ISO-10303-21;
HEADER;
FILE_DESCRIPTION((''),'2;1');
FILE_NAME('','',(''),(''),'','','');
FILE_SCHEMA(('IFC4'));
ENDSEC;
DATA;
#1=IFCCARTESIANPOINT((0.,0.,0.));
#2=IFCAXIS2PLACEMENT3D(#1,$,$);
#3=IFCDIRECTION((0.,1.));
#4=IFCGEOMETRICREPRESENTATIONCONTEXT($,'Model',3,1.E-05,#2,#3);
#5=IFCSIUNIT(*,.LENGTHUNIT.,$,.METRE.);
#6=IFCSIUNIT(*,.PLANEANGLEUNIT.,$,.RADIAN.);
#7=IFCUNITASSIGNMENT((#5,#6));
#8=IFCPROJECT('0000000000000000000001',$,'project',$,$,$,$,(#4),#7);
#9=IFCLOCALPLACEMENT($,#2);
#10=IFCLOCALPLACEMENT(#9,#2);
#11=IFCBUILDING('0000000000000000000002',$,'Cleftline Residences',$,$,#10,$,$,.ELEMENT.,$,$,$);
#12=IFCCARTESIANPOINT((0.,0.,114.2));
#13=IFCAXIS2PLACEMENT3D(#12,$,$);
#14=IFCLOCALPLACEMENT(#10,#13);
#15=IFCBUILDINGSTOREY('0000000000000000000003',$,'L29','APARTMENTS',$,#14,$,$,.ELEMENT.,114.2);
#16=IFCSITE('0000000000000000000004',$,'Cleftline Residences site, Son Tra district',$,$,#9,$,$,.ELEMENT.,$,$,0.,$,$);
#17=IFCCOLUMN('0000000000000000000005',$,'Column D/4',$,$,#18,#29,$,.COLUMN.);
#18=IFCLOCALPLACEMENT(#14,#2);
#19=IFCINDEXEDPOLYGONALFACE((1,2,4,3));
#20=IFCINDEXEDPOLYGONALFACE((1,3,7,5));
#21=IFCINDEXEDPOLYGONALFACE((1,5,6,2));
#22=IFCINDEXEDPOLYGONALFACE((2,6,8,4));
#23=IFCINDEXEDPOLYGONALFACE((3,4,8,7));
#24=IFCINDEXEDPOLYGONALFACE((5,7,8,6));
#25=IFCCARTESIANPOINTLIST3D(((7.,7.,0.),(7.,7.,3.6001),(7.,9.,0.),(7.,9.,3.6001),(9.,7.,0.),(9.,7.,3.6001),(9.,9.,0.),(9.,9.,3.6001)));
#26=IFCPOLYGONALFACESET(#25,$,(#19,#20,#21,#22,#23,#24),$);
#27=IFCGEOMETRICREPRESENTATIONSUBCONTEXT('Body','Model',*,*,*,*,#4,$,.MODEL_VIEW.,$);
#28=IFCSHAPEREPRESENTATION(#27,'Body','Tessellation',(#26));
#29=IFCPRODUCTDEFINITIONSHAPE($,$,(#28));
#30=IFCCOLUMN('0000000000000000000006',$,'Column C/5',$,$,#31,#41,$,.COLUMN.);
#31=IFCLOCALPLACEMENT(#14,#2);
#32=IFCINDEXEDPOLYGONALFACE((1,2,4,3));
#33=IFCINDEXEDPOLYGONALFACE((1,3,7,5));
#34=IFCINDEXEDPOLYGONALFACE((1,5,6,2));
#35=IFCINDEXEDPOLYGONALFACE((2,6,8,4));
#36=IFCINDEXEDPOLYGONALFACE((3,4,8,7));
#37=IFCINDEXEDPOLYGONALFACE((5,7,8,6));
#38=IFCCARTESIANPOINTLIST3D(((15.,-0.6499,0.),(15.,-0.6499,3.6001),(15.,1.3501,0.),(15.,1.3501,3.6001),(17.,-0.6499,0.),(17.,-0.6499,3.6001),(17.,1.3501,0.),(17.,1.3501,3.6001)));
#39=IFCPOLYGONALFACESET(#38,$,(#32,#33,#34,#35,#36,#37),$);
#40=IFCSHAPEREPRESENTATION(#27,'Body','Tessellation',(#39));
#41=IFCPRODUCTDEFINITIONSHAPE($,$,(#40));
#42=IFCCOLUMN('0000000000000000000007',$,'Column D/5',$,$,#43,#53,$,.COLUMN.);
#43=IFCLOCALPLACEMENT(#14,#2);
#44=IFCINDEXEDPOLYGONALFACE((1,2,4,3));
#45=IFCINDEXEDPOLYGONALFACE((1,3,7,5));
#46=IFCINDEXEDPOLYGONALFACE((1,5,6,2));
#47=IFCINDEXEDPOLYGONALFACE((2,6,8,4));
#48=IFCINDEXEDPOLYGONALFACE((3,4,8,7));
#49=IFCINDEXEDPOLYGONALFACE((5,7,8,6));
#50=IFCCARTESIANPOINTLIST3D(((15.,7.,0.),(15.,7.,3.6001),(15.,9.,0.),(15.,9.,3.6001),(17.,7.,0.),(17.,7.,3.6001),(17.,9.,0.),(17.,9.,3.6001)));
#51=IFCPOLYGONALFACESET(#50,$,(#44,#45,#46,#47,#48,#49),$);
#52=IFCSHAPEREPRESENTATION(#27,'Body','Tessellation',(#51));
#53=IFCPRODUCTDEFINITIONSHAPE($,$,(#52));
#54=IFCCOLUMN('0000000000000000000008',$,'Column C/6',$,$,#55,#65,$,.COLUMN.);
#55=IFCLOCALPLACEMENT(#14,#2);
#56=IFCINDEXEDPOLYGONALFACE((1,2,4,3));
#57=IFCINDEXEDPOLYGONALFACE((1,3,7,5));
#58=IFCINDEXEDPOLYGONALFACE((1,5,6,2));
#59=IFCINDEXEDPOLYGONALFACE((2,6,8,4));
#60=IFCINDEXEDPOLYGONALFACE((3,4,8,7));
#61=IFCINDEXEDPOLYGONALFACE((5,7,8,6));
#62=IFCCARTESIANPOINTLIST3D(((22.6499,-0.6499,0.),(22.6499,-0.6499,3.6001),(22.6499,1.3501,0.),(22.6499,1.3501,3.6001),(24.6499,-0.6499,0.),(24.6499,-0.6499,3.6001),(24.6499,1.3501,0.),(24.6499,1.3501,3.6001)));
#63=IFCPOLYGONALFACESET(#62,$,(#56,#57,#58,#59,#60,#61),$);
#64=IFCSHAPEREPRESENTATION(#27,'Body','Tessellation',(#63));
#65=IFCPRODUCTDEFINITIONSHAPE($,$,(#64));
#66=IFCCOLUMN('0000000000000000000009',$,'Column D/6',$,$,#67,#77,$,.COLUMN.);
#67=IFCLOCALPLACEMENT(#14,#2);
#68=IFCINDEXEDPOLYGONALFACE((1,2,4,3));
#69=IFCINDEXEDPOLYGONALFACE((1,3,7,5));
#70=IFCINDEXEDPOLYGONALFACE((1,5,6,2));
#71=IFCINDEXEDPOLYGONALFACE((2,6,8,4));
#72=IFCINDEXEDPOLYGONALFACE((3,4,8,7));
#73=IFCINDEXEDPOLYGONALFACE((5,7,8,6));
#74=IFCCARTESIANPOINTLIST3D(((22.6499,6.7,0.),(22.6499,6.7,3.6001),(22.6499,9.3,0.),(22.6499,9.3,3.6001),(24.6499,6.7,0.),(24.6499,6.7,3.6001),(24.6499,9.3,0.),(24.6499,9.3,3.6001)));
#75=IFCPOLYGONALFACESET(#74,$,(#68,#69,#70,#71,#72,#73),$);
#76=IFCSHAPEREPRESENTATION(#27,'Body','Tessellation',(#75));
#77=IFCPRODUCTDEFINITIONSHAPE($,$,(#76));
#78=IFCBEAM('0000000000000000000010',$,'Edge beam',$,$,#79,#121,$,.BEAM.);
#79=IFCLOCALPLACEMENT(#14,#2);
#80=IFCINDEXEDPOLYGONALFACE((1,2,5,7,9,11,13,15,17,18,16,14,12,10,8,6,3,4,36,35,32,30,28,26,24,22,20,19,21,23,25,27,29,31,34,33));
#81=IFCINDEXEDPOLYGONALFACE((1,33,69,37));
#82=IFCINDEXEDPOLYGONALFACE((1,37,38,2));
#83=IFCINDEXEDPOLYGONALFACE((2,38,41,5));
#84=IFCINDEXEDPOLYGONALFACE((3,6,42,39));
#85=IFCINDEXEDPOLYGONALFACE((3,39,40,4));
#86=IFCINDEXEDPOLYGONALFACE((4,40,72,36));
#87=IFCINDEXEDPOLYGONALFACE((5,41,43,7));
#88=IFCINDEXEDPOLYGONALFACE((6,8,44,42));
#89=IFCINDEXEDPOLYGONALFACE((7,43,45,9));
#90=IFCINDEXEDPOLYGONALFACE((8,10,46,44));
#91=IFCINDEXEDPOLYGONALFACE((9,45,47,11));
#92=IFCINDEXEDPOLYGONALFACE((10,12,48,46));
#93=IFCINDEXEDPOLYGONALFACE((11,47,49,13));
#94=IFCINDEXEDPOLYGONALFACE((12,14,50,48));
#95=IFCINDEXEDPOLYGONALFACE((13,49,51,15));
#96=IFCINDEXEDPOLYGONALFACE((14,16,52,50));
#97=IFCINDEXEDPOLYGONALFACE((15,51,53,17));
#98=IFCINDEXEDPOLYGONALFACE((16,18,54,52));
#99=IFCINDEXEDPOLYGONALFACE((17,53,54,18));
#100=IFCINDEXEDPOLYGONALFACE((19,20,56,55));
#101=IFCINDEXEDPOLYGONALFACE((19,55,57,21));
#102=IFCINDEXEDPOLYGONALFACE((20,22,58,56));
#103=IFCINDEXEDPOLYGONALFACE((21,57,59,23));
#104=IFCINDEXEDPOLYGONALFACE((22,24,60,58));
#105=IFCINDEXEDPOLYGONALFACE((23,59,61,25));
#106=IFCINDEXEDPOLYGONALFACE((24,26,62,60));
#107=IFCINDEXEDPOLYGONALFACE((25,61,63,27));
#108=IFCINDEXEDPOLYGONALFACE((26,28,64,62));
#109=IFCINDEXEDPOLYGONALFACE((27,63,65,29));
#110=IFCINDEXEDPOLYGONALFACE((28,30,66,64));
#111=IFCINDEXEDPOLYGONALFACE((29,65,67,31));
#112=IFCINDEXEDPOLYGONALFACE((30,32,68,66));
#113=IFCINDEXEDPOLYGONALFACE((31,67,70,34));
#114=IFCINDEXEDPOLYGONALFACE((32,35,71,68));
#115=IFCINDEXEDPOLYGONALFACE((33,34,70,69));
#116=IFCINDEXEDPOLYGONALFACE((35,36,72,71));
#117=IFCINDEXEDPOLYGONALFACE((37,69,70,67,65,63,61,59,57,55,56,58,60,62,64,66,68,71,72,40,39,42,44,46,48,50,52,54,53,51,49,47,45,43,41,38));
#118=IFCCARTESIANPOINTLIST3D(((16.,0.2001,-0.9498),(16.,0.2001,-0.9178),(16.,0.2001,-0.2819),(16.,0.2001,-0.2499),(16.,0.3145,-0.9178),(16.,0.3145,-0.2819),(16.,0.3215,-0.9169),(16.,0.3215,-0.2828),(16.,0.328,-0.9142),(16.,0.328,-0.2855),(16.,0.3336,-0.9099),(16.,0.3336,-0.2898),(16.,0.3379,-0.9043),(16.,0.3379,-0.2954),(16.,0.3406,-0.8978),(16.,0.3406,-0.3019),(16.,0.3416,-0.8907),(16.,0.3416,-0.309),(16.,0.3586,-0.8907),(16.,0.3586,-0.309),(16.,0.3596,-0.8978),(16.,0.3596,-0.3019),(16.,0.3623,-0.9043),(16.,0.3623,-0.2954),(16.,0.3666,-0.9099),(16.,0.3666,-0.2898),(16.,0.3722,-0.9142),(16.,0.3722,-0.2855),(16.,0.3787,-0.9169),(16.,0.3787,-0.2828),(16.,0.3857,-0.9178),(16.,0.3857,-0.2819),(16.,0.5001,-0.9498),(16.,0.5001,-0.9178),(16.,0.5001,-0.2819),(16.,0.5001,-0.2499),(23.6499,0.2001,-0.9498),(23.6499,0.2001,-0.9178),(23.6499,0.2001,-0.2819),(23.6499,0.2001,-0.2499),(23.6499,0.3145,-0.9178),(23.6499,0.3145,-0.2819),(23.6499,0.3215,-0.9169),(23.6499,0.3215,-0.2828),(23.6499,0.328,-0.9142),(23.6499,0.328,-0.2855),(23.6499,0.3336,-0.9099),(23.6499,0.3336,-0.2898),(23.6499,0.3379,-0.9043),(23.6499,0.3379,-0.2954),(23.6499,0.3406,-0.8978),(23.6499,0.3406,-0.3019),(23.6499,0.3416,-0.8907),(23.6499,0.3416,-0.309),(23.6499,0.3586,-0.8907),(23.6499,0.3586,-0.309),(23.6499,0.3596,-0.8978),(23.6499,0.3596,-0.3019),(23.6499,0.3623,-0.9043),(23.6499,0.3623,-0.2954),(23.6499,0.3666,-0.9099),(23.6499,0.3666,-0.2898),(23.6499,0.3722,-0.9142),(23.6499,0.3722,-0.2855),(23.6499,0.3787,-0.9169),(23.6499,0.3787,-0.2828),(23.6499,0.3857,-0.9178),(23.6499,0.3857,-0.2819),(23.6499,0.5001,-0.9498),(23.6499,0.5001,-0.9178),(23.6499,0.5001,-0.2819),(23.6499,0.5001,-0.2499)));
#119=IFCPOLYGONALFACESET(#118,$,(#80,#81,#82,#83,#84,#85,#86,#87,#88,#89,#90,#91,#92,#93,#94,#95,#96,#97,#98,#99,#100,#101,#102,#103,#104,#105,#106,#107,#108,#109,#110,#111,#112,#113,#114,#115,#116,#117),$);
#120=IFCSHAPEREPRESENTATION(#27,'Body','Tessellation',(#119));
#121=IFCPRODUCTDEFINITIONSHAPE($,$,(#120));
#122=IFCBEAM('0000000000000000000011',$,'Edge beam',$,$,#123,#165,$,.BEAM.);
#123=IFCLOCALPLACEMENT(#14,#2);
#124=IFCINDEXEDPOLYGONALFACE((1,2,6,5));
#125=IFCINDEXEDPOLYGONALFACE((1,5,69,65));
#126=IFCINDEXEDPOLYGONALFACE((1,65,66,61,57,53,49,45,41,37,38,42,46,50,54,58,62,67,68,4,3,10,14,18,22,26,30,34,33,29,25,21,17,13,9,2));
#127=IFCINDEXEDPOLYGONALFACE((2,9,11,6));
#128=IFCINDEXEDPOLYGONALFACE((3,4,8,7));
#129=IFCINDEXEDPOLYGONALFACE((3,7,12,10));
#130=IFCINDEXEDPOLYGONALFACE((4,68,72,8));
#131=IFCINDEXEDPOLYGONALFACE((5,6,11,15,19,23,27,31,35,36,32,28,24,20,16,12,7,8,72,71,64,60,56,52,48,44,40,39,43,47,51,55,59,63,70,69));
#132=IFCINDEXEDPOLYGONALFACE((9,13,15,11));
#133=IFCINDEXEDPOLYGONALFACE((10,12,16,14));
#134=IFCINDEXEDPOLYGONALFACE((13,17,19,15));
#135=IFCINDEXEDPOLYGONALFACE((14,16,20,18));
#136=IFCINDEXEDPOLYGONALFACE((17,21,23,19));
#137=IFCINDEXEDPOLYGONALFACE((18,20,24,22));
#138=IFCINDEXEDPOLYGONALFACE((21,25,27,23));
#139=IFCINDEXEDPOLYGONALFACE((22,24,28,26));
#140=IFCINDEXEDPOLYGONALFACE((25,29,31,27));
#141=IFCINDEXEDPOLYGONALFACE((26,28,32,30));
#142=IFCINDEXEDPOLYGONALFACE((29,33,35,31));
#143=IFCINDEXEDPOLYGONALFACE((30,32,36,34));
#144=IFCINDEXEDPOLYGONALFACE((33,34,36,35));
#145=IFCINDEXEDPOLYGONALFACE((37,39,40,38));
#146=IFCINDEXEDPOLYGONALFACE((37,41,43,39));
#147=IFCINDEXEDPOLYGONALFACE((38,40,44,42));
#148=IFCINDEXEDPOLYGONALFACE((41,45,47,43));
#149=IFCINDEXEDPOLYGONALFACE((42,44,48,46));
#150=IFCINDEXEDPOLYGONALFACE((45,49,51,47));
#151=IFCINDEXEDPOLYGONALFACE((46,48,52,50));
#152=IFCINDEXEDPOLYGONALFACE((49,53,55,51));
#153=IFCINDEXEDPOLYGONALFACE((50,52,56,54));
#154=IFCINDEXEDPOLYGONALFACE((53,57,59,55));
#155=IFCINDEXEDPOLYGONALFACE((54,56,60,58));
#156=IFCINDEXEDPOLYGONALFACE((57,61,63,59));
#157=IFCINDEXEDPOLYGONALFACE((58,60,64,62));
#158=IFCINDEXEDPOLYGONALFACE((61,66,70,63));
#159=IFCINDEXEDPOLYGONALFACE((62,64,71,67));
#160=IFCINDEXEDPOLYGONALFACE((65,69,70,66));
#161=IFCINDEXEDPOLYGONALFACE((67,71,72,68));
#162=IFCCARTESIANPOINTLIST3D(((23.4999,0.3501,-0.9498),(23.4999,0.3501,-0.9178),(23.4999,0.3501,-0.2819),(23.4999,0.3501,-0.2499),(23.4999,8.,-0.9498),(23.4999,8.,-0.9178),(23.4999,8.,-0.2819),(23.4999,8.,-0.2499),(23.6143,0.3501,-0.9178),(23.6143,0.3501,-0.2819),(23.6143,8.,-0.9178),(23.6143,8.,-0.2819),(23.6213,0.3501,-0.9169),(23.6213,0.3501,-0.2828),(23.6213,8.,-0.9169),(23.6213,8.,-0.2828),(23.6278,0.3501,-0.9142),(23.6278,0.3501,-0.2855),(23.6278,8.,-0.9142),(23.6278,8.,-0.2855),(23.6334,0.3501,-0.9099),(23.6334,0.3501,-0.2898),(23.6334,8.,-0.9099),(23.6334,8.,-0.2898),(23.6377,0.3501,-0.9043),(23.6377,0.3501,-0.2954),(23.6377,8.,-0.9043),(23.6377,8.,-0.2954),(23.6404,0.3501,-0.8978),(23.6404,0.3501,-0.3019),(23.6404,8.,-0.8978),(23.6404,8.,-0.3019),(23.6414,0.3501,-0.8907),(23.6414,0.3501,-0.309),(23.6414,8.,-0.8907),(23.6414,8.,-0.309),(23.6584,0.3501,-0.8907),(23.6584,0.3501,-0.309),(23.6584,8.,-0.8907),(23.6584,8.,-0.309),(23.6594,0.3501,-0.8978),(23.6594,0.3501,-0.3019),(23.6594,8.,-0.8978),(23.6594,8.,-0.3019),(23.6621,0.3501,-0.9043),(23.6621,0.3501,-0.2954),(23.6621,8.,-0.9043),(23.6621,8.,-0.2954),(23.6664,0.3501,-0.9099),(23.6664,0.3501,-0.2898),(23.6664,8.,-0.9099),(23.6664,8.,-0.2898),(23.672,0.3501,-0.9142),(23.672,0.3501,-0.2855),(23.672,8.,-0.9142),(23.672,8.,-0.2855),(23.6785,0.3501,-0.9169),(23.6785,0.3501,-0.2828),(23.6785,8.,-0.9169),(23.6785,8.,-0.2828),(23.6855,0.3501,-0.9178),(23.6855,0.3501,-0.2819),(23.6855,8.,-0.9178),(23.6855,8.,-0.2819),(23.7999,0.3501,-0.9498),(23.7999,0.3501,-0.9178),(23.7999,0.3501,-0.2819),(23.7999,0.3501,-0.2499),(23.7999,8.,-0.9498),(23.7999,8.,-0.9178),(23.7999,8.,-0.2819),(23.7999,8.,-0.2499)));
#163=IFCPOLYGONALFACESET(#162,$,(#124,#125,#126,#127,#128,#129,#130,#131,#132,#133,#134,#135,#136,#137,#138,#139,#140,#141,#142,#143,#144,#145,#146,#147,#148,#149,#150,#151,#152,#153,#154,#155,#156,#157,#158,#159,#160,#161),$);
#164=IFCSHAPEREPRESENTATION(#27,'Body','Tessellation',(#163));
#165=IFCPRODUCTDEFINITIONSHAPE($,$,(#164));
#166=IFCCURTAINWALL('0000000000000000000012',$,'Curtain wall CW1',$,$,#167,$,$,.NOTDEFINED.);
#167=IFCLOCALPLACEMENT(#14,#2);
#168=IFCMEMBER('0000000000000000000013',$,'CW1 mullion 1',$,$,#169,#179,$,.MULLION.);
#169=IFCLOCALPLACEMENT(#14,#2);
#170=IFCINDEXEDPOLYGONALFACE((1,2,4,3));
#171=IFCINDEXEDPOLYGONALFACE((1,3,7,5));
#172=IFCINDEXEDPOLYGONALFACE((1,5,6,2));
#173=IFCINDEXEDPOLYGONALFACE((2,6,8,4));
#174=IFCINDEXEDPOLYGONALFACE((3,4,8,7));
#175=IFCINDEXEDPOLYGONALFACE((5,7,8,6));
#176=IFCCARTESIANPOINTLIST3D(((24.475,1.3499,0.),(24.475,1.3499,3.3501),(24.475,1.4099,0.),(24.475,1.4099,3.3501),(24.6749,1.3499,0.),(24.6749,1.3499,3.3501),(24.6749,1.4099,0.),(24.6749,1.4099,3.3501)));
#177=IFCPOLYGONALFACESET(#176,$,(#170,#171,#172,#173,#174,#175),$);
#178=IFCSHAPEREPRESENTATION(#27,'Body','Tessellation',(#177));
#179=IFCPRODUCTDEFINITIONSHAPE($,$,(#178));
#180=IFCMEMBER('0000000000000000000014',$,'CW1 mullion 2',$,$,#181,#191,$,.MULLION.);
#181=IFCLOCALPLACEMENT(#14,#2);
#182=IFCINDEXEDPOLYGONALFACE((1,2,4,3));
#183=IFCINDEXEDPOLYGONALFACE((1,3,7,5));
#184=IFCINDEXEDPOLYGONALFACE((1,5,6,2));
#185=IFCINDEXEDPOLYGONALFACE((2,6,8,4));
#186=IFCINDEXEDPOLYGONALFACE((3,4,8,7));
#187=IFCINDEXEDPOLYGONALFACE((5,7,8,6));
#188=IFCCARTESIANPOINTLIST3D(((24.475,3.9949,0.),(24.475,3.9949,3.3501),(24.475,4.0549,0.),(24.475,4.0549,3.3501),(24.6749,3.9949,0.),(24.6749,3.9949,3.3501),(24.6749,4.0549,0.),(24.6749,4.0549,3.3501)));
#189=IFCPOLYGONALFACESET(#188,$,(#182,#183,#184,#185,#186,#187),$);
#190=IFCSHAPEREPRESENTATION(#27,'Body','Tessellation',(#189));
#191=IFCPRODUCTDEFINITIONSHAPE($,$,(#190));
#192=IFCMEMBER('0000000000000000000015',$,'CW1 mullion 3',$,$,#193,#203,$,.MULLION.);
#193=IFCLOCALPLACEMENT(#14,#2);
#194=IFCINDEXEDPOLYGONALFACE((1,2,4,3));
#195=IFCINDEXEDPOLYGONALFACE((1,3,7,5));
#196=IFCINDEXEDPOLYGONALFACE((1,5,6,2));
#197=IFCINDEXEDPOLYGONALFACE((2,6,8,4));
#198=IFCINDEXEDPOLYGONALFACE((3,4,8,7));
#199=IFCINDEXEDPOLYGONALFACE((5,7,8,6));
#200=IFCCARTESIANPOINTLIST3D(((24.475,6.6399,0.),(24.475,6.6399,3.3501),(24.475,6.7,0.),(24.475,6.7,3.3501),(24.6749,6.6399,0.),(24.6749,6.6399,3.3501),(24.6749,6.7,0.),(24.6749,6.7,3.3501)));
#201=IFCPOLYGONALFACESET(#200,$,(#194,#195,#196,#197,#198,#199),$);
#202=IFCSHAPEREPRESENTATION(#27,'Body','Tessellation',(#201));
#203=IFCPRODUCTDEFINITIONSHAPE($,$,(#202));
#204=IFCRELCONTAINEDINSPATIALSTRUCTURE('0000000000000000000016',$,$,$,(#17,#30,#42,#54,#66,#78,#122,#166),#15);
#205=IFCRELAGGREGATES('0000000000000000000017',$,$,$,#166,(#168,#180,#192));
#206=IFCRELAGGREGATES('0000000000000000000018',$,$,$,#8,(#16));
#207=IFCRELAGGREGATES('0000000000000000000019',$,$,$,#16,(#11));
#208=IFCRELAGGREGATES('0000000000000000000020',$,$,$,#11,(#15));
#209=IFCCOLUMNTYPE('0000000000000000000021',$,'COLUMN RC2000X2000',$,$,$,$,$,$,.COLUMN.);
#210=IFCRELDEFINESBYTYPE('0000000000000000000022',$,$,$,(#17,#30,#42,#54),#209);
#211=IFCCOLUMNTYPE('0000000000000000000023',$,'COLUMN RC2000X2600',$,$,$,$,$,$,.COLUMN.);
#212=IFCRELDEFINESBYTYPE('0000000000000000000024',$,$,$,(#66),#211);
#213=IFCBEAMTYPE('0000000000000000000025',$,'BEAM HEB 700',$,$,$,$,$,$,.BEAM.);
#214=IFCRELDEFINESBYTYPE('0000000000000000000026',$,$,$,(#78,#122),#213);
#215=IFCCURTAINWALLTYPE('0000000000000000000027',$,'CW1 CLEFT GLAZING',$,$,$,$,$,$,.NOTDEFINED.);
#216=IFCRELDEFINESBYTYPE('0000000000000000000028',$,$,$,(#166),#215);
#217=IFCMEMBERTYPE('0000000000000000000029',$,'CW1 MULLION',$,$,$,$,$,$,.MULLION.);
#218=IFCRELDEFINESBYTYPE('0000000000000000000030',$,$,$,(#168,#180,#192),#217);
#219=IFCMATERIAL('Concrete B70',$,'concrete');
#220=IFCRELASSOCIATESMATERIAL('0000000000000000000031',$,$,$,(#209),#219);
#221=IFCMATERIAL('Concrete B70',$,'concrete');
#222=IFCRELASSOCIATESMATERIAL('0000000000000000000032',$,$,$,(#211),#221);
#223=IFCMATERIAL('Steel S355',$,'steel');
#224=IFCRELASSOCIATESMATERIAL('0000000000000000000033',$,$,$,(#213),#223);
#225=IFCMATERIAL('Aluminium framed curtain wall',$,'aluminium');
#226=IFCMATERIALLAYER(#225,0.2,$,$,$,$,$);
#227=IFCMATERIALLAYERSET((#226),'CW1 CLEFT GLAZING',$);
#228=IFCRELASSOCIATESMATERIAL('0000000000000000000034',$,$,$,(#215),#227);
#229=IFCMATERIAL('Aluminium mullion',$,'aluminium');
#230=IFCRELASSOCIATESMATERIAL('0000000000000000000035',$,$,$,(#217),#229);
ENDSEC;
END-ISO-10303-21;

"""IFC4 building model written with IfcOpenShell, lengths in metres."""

from ifc_helpers import new_model, si_unit, direction, frame, origin, origin_2d, place, context, subcontext, project, spatial, rectangle, i_section, extrude, material, layer, layer_set, material_profile, profile_set, type_object, element, aggregate, save


model = new_model("IFC4")

# Units and contexts
model_context = context("Model", 3, precision=1e-05, world=origin(), true_north=direction((0.0, 1.0)))
body_context = subcontext(model_context, "Body", "Model", "MODEL_VIEW")
ifc_project = project(units=[si_unit("LENGTHUNIT", "METRE"), si_unit("PLANEANGLEUNIT", "RADIAN")], contexts=[model_context])

# Site, building, storey
site_placement = place(None, origin())
site = spatial("IfcSite", under=ifc_project, at=site_placement, Name="Cleftline Residences site, Son Tra district", CompositionType="ELEMENT", RefElevation=0.0)
building_placement = place(site_placement, origin())
building = spatial("IfcBuilding", under=site, at=building_placement, Name="Cleftline Residences", CompositionType="ELEMENT")
storey_placement = place(building_placement, frame((0.0, 0.0, 114.2)))
storey = spatial("IfcBuildingStorey", under=building, at=storey_placement, Name="L29", Description="APARTMENTS", CompositionType="ELEMENT", Elevation=114.2)

# Columns
ifc_material_1 = material(Name="Concrete B70", Category="concrete")
ifc_material_profile_1 = material_profile(ifc_material_1, rectangle(XDim=2.0, YDim=2.0, at=origin_2d()))
ifc_profile_set_1 = profile_set([ifc_material_profile_1], Name="Concrete B70")
column_type_1 = type_object("IfcColumnType", Name="COLUMN RC2000X2000", PredefinedType="COLUMN", material=ifc_profile_set_1)
for number, where, z_axis, x_axis, name in (
    (1, (8.0, 8.0, 0.0), (0.0, 0.0, 1.0), (1.0, 0.0, 0.0), "Column D/4"),
    (2, (16.0, 0.3501, 0.0), (0.0, 0.0, 1.0), (1.0, 0.0, 0.0), "Column C/5"),
    (3, (16.0, 8.0, 0.0), (0.0, 0.0, 1.0), (1.0, 0.0, 0.0), "Column D/5"),
    (4, (23.6499, 0.3501, 0.0), (0.0, 0.0, 1.0), (1.0, 0.0, 0.0), "Column C/6"),
):
    element("IfcColumn", number, at=place(storey_placement, frame(where, z_axis=z_axis, x_axis=x_axis)), inside=storey, type_object=column_type_1, Name=name, PredefinedType="COLUMN", context=body_context, shape_type="SweptSolid", body=[
        extrude(rectangle(XDim=2.0, YDim=2.0, at=origin_2d()), origin(), (0.0, 0.0, 1.0), 3.6001),
    ])
ifc_material_2 = material(Name="Concrete B70", Category="concrete")
ifc_material_profile_2 = material_profile(ifc_material_2, rectangle(XDim=2.0, YDim=2.6001, at=origin_2d()))
ifc_profile_set_2 = profile_set([ifc_material_profile_2], Name="Concrete B70")
column_type_2 = type_object("IfcColumnType", Name="COLUMN RC2000X2600", PredefinedType="COLUMN", material=ifc_profile_set_2)
column_placement = place(storey_placement, frame((23.6499, 8.0, 0.0), z_axis=(0.0, 0.0, 1.0), x_axis=(1.0, 0.0, 0.0)))
element("IfcColumn", 5, at=column_placement, inside=storey, type_object=column_type_2, Name="Column D/6", PredefinedType="COLUMN", context=body_context, shape_type="SweptSolid", body=[
    extrude(rectangle(XDim=2.0, YDim=2.6001, at=origin_2d()), origin(), (0.0, 0.0, 1.0), 3.6001),
])

# Beams
ifc_material_3 = material(Name="Steel S355", Category="steel")
ifc_material_profile_3 = material_profile(ifc_material_3, i_section(OverallWidth=0.3, OverallDepth=0.7, WebThickness=0.0171, FlangeThickness=0.032, FilletRadius=0.0271, at=origin_2d()))
ifc_profile_set_3 = profile_set([ifc_material_profile_3], Name="Steel S355")
beam_type = type_object("IfcBeamType", Name="BEAM HEB 700", PredefinedType="BEAM", material=ifc_profile_set_3)
for number, where, z_axis, x_axis, name in (
    (6, (16.0, 0.3501, -0.5999), (1.0, 0.0, 0.0), (0.0, 1.0, 0.0), "Edge beam"),
    (7, (23.6499, 0.3501, -0.5999), (0.0, 1.0, 0.0), (-1.0, 0.0, 0.0), "Edge beam"),
):
    element("IfcBeam", number, at=place(storey_placement, frame(where, z_axis=z_axis, x_axis=x_axis)), inside=storey, type_object=beam_type, Name=name, PredefinedType="BEAM", context=body_context, shape_type="SweptSolid", body=[
        extrude(i_section(OverallWidth=0.3, OverallDepth=0.7, WebThickness=0.0171, FlangeThickness=0.032, FilletRadius=0.0271, at=origin_2d()), origin(), (0.0, 0.0, 1.0), 7.6499),
    ])

# Curtain wall, members
ifc_material_4 = material(Name="Aluminium framed curtain wall", Category="aluminium")
ifc_layer_1 = layer(ifc_material_4, 0.2)
ifc_layer_set_1 = layer_set([ifc_layer_1], Name="CW1 CLEFT GLAZING")
curtain_wall_type = type_object("IfcCurtainWallType", Name="CW1 CLEFT GLAZING", PredefinedType="NOTDEFINED", material=ifc_layer_set_1)
curtain_wall_1_placement = place(storey_placement, origin())
curtain_wall_1 = element("IfcCurtainWall", 8, at=curtain_wall_1_placement, inside=storey, type_object=curtain_wall_type, Name="Curtain wall CW1", PredefinedType="NOTDEFINED")
ifc_material_5 = material(Name="Aluminium mullion", Category="aluminium")
ifc_material_profile_4 = material_profile(ifc_material_5, rectangle(XDim=0.2, YDim=0.0601, at=origin_2d()))
ifc_profile_set_4 = profile_set([ifc_material_profile_4], Name="Aluminium mullion")
member_type_1 = type_object("IfcMemberType", Name="CW1 MULLION", PredefinedType="MULLION", material=ifc_profile_set_4)
member_1_placement = place(storey_placement, frame((24.575, 1.3799, 0.0), z_axis=(0.0, 0.0, 1.0), x_axis=(-1.0, 0.0, 0.0)))
member_1 = element("IfcMember", 9, at=member_1_placement, type_object=member_type_1, Name="CW1 mullion 1", PredefinedType="MULLION", context=body_context, shape_type="SweptSolid", body=[
    extrude(rectangle(XDim=0.2, YDim=0.0601, at=origin_2d()), origin(), (0.0, 0.0, 1.0), 3.3501),
])
member_2_placement = place(storey_placement, frame((24.575, 4.0249, 0.0), z_axis=(0.0, 0.0, 1.0), x_axis=(-1.0, 0.0, 0.0)))
member_2 = element("IfcMember", 10, at=member_2_placement, type_object=member_type_1, Name="CW1 mullion 2", PredefinedType="MULLION", context=body_context, shape_type="SweptSolid", body=[
    extrude(rectangle(XDim=0.2, YDim=0.0601, at=origin_2d()), origin(), (0.0, 0.0, 1.0), 3.3501),
])
member_3_placement = place(storey_placement, frame((24.575, 6.6699, 0.0), z_axis=(0.0, 0.0, 1.0), x_axis=(-1.0, 0.0, 0.0)))
member_3 = element("IfcMember", 11, at=member_3_placement, type_object=member_type_1, Name="CW1 mullion 3", PredefinedType="MULLION", context=body_context, shape_type="SweptSolid", body=[
    extrude(rectangle(XDim=0.2, YDim=0.0601, at=origin_2d()), origin(), (0.0, 0.0, 1.0), 3.3501),
])

aggregate(curtain_wall_1, [member_1, member_2, member_3])

save(model, "model.ifc")
